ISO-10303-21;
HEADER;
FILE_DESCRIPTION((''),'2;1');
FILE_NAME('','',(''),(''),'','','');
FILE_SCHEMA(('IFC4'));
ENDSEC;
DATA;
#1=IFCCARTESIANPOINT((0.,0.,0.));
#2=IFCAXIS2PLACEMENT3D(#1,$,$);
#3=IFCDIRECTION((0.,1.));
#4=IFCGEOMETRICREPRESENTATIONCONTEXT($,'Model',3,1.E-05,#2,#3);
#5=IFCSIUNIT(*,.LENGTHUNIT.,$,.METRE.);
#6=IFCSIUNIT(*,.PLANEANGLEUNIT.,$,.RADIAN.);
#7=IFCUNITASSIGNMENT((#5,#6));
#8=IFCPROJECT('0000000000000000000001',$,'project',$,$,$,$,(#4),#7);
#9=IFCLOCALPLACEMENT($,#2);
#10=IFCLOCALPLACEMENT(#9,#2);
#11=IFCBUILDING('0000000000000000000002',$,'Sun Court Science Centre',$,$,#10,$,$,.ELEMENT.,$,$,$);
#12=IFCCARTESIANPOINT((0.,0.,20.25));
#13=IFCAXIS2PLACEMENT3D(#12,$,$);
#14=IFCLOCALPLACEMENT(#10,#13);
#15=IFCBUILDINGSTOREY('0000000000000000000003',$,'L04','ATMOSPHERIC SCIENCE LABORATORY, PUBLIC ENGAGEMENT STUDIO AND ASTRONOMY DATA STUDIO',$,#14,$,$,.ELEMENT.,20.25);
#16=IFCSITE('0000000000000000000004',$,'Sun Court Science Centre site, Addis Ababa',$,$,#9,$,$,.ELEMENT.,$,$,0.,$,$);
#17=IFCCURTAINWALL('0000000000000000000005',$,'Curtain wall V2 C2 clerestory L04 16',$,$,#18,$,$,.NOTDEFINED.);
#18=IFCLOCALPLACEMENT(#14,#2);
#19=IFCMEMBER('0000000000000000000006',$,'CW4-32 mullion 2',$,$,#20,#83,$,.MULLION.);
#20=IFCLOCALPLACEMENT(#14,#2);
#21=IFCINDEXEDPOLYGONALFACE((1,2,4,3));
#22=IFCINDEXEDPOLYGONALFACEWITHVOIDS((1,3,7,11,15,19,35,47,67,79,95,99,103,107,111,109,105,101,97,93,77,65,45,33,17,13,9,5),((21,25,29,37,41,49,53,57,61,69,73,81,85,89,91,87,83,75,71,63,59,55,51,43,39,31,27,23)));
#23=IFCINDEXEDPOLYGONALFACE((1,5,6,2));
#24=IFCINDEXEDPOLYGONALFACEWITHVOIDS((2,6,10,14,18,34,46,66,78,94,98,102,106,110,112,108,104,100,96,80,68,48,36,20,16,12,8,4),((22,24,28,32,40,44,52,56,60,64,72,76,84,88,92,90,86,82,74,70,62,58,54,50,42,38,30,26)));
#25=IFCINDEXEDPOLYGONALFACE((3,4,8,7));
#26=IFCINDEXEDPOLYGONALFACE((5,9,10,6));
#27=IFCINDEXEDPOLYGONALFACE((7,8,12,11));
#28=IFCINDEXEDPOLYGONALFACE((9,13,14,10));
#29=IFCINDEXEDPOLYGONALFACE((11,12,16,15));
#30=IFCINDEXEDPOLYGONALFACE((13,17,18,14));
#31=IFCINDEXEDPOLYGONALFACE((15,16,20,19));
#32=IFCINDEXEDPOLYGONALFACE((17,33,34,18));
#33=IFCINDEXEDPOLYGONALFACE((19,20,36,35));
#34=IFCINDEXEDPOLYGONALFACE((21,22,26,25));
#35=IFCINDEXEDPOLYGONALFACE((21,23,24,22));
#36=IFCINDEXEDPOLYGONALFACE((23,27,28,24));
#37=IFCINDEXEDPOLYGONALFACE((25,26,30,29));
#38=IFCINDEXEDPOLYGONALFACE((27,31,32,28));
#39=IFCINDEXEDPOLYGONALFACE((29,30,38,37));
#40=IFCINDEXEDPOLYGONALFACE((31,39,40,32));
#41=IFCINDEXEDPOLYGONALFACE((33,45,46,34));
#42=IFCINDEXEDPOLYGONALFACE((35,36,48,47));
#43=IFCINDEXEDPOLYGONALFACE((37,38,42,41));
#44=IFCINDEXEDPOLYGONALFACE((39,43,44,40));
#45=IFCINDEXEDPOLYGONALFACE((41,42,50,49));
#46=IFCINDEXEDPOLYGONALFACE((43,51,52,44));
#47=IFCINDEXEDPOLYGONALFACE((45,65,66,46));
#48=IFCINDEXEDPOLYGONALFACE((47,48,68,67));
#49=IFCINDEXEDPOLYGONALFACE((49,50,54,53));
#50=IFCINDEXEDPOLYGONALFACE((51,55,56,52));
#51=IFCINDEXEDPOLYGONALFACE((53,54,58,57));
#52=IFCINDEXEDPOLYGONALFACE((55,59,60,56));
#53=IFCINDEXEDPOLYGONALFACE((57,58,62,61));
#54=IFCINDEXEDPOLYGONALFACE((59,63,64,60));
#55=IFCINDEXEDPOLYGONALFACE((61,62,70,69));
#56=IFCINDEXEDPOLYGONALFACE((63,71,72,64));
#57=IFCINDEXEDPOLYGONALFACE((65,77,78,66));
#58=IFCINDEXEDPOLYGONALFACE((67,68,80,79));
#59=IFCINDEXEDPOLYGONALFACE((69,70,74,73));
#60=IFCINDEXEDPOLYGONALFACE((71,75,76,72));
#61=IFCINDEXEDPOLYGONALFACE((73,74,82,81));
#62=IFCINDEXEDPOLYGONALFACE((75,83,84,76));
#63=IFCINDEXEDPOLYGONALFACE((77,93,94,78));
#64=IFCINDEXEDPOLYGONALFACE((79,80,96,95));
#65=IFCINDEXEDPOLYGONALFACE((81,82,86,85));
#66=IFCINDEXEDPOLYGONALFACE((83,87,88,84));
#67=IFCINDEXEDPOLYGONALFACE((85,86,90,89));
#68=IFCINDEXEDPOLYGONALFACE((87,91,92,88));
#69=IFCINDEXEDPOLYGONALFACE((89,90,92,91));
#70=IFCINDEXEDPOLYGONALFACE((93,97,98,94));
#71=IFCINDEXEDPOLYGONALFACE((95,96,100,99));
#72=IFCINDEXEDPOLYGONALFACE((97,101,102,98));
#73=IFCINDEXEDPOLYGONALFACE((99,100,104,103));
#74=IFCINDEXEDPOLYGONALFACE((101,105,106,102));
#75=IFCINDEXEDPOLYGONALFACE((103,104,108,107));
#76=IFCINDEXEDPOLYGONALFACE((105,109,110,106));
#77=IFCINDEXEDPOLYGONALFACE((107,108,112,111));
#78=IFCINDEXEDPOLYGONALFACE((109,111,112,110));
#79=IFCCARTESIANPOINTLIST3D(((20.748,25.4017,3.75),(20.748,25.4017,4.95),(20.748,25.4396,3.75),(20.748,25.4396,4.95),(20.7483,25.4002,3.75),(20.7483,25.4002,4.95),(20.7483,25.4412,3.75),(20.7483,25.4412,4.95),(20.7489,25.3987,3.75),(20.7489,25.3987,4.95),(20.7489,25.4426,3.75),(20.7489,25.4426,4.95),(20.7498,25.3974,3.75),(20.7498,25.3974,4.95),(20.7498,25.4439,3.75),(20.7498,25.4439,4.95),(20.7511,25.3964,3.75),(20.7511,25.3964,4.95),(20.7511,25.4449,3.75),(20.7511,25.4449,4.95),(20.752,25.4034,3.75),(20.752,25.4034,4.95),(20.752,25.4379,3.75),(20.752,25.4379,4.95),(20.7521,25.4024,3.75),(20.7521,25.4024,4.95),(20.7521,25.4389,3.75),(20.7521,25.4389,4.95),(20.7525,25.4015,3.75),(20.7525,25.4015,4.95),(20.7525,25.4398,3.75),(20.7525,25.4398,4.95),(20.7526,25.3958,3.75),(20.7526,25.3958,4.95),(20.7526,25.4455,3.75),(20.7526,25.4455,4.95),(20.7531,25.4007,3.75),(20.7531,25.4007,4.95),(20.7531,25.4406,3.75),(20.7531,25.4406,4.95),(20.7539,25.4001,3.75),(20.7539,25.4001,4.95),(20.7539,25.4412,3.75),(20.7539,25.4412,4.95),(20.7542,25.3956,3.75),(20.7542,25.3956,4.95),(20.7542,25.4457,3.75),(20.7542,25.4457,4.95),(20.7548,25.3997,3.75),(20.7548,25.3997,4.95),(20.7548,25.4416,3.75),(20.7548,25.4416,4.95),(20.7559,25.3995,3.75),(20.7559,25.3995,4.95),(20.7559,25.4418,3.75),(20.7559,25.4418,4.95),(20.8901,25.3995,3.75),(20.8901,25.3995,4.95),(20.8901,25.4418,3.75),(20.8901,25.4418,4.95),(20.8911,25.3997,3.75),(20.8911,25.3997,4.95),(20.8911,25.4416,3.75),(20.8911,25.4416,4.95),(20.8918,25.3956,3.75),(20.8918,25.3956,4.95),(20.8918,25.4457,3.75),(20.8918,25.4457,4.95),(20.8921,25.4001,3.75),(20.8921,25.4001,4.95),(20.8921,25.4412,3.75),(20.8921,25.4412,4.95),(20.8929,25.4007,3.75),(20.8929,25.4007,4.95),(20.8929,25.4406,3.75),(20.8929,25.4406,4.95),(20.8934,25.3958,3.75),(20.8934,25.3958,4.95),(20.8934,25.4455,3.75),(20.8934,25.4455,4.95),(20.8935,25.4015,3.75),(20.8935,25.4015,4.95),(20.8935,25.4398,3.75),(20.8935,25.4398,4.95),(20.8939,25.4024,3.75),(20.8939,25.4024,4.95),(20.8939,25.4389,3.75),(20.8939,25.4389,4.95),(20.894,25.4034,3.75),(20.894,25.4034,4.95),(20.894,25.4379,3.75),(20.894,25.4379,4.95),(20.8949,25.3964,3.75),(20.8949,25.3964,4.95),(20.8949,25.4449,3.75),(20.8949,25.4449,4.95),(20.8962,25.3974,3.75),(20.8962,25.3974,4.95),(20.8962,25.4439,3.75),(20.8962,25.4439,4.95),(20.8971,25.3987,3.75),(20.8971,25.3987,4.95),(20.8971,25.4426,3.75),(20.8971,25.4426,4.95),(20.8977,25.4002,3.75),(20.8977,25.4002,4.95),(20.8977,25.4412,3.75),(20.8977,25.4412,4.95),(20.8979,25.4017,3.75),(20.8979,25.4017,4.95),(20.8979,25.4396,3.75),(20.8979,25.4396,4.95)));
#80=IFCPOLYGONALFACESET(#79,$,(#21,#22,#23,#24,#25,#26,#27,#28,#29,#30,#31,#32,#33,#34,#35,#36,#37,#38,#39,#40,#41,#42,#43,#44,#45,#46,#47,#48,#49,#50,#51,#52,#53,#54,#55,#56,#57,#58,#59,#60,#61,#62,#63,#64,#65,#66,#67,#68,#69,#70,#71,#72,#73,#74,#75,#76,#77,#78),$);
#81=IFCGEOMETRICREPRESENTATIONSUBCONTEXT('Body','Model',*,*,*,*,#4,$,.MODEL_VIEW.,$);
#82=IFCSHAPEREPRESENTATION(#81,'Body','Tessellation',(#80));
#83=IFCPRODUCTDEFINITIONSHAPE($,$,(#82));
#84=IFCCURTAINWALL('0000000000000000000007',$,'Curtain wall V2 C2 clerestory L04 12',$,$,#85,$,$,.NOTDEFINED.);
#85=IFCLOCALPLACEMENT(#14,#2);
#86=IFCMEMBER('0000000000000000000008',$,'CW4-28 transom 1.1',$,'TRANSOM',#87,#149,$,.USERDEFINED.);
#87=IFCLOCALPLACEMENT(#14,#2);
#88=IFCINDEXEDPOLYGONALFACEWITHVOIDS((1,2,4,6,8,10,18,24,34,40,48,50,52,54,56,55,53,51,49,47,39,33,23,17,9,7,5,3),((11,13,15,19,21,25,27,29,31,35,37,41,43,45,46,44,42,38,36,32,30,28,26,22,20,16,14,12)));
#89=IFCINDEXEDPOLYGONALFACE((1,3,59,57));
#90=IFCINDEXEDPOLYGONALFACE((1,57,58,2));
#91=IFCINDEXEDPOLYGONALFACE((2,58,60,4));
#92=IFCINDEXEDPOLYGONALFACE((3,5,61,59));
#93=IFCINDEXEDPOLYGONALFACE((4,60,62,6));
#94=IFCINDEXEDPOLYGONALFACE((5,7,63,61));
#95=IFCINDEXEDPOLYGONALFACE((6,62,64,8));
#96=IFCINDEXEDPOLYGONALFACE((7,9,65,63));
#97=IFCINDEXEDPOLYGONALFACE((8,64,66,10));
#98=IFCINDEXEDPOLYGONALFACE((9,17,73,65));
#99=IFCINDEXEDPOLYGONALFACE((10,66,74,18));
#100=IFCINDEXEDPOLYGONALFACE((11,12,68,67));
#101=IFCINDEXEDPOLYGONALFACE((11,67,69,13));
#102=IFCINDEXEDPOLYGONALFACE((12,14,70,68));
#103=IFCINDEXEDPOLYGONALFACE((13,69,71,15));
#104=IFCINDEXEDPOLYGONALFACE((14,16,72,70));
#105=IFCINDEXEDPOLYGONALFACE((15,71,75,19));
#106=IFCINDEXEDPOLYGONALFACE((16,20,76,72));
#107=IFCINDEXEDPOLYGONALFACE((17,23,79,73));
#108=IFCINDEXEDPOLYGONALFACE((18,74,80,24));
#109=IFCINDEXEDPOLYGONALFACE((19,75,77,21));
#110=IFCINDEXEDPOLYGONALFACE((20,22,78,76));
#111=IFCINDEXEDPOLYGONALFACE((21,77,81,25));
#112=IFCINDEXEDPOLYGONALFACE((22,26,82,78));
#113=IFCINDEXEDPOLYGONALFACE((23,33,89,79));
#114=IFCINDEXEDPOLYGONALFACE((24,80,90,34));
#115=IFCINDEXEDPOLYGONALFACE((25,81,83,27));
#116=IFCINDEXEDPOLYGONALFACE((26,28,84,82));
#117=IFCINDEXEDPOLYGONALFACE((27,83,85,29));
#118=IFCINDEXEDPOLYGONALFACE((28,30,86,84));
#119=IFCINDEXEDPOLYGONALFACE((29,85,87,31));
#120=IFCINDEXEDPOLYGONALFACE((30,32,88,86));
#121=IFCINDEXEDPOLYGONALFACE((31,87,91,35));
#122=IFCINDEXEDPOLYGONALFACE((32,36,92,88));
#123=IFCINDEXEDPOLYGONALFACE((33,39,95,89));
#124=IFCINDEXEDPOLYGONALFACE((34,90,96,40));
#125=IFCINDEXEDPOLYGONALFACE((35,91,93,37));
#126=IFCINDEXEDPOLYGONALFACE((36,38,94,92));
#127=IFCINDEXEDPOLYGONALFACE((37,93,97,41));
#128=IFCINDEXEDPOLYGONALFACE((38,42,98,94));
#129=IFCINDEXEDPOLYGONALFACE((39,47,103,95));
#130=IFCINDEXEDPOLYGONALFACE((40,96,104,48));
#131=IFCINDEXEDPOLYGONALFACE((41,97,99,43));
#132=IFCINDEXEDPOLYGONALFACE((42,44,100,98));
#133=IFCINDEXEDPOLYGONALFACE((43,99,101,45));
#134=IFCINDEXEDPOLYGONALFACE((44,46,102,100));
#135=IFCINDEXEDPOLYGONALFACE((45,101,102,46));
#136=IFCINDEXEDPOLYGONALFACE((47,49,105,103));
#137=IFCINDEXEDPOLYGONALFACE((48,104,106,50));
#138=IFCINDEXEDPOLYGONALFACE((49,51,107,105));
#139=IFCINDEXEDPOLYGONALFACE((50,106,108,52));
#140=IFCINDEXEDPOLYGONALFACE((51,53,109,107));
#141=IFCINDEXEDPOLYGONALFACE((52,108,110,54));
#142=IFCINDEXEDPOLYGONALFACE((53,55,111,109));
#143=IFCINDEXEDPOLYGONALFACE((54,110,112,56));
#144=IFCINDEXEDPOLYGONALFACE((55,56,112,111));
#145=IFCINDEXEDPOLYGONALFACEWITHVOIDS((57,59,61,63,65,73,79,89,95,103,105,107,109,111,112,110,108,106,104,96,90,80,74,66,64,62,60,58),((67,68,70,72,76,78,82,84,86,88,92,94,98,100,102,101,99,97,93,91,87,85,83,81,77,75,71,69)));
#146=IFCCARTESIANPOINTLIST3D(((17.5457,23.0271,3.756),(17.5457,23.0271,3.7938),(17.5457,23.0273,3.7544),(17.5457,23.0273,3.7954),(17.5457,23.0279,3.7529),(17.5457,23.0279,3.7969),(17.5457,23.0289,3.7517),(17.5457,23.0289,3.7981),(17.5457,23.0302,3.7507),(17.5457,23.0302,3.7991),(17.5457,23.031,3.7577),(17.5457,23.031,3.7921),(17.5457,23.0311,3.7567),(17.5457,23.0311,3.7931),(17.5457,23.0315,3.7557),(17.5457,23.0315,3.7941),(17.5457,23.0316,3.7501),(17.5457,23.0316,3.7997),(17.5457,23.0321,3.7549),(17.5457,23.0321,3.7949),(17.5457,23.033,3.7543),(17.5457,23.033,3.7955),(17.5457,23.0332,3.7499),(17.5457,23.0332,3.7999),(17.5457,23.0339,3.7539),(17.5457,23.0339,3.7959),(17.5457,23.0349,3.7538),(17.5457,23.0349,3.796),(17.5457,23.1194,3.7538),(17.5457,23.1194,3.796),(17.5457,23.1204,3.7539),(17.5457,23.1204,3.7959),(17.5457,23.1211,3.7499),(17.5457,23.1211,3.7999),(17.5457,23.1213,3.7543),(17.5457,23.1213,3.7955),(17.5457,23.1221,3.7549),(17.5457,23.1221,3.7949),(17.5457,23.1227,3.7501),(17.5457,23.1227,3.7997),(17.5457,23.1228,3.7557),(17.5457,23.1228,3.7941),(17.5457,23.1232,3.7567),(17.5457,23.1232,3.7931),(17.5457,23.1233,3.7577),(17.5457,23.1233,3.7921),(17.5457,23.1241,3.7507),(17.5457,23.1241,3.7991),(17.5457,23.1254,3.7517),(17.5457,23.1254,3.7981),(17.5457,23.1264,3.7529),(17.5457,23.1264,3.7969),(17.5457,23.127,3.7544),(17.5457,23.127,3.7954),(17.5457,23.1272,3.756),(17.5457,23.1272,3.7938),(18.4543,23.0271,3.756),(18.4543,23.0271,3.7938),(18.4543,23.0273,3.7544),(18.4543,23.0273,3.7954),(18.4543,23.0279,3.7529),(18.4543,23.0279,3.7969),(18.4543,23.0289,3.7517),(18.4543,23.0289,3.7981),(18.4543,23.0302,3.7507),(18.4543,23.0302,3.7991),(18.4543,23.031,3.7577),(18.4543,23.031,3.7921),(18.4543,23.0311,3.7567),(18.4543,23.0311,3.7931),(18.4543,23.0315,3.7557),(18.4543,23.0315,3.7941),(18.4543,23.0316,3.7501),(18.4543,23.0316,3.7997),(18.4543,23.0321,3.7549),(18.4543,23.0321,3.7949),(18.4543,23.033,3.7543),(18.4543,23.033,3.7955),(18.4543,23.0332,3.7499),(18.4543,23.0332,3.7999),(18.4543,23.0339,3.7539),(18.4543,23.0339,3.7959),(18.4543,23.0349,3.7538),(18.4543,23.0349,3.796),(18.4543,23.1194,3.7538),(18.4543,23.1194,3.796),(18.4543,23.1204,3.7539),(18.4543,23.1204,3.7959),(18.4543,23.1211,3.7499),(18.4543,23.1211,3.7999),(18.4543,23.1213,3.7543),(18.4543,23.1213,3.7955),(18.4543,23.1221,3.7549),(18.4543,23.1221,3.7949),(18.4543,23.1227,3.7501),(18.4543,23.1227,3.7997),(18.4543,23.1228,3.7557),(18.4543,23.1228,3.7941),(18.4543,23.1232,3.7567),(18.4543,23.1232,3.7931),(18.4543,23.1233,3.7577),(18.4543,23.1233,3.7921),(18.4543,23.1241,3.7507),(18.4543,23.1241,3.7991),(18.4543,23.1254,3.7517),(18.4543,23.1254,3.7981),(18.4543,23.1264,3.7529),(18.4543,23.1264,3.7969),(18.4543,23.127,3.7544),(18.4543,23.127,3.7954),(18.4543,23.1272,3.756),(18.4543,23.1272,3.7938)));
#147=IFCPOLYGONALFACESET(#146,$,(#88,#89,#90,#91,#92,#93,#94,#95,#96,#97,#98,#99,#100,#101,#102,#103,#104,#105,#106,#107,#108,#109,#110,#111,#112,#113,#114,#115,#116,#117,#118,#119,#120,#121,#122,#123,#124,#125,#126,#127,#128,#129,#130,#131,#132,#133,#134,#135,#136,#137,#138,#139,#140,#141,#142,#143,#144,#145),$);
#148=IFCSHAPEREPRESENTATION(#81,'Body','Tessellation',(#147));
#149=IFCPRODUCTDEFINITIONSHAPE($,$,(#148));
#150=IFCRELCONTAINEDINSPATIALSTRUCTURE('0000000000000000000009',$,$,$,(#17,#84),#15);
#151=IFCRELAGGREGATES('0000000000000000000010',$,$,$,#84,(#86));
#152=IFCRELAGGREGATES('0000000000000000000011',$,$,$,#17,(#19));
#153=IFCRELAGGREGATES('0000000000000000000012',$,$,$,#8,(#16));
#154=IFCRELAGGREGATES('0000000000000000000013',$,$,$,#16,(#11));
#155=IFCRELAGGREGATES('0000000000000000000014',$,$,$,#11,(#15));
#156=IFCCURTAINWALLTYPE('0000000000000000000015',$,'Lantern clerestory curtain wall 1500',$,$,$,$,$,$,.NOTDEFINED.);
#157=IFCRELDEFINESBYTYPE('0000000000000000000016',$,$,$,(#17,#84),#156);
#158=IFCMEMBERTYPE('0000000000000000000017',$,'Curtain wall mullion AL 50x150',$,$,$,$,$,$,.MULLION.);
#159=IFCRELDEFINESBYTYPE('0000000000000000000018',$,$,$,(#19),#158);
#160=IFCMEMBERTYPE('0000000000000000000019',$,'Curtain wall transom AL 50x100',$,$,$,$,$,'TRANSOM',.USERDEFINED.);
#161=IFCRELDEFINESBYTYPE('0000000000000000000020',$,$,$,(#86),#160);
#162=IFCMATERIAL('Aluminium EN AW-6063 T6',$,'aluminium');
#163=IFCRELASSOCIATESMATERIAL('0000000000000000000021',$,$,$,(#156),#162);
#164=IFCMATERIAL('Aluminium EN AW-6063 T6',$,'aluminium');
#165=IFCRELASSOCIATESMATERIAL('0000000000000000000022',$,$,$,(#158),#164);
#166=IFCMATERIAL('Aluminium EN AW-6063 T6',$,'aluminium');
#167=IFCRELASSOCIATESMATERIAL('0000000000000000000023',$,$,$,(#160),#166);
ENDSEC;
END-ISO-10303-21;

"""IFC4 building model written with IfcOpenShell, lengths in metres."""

from ifc_helpers import new_model, si_unit, direction, frame, origin, origin_2d, place, context, subcontext, project, spatial, hollow_rectangle, extrude, material, material_profile, profile_set, type_object, element, aggregate, save


model = new_model("IFC4")

# Units and contexts
model_context = context("Model", 3, precision=1e-05, world=origin(), true_north=direction((0.0, 1.0)))
body_context = subcontext(model_context, "Body", "Model", "MODEL_VIEW")
ifc_project = project(units=[si_unit("LENGTHUNIT", "METRE"), si_unit("PLANEANGLEUNIT", "RADIAN")], contexts=[model_context])

# Site, building, storey
site_placement = place(None, origin())
site = spatial("IfcSite", under=ifc_project, at=site_placement, Name="Sun Court Science Centre site, Addis Ababa", CompositionType="ELEMENT", RefElevation=0.0)
building_placement = place(site_placement, origin())
building = spatial("IfcBuilding", under=site, at=building_placement, Name="Sun Court Science Centre", CompositionType="ELEMENT")
storey_placement = place(building_placement, frame((0.0, 0.0, 20.25)))
storey = spatial("IfcBuildingStorey", under=building, at=storey_placement, Name="L04", Description="ATMOSPHERIC SCIENCE LABORATORY, PUBLIC ENGAGEMENT STUDIO AND ASTRONOMY DATA STUDIO", CompositionType="ELEMENT", Elevation=20.25)

# Curtain wall, member
ifc_material_1 = material(Name="Aluminium EN AW-6063 T6", Category="aluminium")
curtain_wall_type = type_object("IfcCurtainWallType", Name="Lantern clerestory curtain wall 1500", PredefinedType="NOTDEFINED", material=ifc_material_1)
curtain_wall_1_placement = place(storey_placement, origin())
curtain_wall_1 = element("IfcCurtainWall", 1, at=curtain_wall_1_placement, inside=storey, type_object=curtain_wall_type, Name="Curtain wall V2 C2 clerestory L04 16", PredefinedType="NOTDEFINED")
ifc_material_2 = material(Name="Aluminium EN AW-6063 T6", Category="aluminium")
ifc_material_profile_1 = material_profile(ifc_material_2, hollow_rectangle(XDim=0.05, YDim=0.1499, WallThickness=0.0039, InnerFilletRadius=0.0039, OuterFilletRadius=0.0061, at=origin_2d()), Name="AL 50x150x4")
ifc_profile_set_1 = profile_set([ifc_material_profile_1], Name="Aluminium EN AW-6063 T6")
member_type_1 = type_object("IfcMemberType", Name="Curtain wall mullion AL 50x150", PredefinedType="MULLION", material=ifc_profile_set_1)
member_1_placement = place(storey_placement, frame((20.823, 25.4207, 3.75), z_axis=(0.0, 0.0, 1.0), x_axis=(0.0, -1.0, 0.0)))
member_1 = element("IfcMember", 2, at=member_1_placement, type_object=member_type_1, Name="CW4-32 mullion 2", PredefinedType="MULLION", context=body_context, shape_type="SweptSolid", body=[
    extrude(hollow_rectangle(XDim=0.05, YDim=0.1499, WallThickness=0.0039, InnerFilletRadius=0.0039, OuterFilletRadius=0.0061, at=origin_2d()), origin(), (0.0, 0.0, 1.0), 1.2),
])

# Curtain wall, member
curtain_wall_2_placement = place(storey_placement, origin())
curtain_wall_2 = element("IfcCurtainWall", 3, at=curtain_wall_2_placement, inside=storey, type_object=curtain_wall_type, Name="Curtain wall V2 C2 clerestory L04 12", PredefinedType="NOTDEFINED")
ifc_material_3 = material(Name="Aluminium EN AW-6063 T6", Category="aluminium")
ifc_material_profile_2 = material_profile(ifc_material_3, hollow_rectangle(XDim=0.05, YDim=0.1001, WallThickness=0.0039, InnerFilletRadius=0.0039, OuterFilletRadius=0.0061, at=origin_2d()), Name="AL 50x100x4")
ifc_profile_set_2 = profile_set([ifc_material_profile_2], Name="Aluminium EN AW-6063 T6")
member_type_2 = type_object("IfcMemberType", Name="Curtain wall transom AL 50x100", ElementType="TRANSOM", PredefinedType="USERDEFINED", material=ifc_profile_set_2)
member_2_placement = place(storey_placement, frame((18.4543, 23.0771, 3.7749), z_axis=(-1.0, 0.0, 0.0), x_axis=(0.0, 0.0, 1.0)))
member_2 = element("IfcMember", 4, at=member_2_placement, type_object=member_type_2, Name="CW4-28 transom 1.1", ObjectType="TRANSOM", PredefinedType="USERDEFINED", context=body_context, shape_type="SweptSolid", body=[
    extrude(hollow_rectangle(XDim=0.05, YDim=0.1001, WallThickness=0.0039, InnerFilletRadius=0.0039, OuterFilletRadius=0.0061, at=origin_2d()), origin(), (0.0, 0.0, 1.0), 0.9087),
])

aggregate(curtain_wall_2, [member_2])
aggregate(curtain_wall_1, [member_1])

save(model, "model.ifc")
